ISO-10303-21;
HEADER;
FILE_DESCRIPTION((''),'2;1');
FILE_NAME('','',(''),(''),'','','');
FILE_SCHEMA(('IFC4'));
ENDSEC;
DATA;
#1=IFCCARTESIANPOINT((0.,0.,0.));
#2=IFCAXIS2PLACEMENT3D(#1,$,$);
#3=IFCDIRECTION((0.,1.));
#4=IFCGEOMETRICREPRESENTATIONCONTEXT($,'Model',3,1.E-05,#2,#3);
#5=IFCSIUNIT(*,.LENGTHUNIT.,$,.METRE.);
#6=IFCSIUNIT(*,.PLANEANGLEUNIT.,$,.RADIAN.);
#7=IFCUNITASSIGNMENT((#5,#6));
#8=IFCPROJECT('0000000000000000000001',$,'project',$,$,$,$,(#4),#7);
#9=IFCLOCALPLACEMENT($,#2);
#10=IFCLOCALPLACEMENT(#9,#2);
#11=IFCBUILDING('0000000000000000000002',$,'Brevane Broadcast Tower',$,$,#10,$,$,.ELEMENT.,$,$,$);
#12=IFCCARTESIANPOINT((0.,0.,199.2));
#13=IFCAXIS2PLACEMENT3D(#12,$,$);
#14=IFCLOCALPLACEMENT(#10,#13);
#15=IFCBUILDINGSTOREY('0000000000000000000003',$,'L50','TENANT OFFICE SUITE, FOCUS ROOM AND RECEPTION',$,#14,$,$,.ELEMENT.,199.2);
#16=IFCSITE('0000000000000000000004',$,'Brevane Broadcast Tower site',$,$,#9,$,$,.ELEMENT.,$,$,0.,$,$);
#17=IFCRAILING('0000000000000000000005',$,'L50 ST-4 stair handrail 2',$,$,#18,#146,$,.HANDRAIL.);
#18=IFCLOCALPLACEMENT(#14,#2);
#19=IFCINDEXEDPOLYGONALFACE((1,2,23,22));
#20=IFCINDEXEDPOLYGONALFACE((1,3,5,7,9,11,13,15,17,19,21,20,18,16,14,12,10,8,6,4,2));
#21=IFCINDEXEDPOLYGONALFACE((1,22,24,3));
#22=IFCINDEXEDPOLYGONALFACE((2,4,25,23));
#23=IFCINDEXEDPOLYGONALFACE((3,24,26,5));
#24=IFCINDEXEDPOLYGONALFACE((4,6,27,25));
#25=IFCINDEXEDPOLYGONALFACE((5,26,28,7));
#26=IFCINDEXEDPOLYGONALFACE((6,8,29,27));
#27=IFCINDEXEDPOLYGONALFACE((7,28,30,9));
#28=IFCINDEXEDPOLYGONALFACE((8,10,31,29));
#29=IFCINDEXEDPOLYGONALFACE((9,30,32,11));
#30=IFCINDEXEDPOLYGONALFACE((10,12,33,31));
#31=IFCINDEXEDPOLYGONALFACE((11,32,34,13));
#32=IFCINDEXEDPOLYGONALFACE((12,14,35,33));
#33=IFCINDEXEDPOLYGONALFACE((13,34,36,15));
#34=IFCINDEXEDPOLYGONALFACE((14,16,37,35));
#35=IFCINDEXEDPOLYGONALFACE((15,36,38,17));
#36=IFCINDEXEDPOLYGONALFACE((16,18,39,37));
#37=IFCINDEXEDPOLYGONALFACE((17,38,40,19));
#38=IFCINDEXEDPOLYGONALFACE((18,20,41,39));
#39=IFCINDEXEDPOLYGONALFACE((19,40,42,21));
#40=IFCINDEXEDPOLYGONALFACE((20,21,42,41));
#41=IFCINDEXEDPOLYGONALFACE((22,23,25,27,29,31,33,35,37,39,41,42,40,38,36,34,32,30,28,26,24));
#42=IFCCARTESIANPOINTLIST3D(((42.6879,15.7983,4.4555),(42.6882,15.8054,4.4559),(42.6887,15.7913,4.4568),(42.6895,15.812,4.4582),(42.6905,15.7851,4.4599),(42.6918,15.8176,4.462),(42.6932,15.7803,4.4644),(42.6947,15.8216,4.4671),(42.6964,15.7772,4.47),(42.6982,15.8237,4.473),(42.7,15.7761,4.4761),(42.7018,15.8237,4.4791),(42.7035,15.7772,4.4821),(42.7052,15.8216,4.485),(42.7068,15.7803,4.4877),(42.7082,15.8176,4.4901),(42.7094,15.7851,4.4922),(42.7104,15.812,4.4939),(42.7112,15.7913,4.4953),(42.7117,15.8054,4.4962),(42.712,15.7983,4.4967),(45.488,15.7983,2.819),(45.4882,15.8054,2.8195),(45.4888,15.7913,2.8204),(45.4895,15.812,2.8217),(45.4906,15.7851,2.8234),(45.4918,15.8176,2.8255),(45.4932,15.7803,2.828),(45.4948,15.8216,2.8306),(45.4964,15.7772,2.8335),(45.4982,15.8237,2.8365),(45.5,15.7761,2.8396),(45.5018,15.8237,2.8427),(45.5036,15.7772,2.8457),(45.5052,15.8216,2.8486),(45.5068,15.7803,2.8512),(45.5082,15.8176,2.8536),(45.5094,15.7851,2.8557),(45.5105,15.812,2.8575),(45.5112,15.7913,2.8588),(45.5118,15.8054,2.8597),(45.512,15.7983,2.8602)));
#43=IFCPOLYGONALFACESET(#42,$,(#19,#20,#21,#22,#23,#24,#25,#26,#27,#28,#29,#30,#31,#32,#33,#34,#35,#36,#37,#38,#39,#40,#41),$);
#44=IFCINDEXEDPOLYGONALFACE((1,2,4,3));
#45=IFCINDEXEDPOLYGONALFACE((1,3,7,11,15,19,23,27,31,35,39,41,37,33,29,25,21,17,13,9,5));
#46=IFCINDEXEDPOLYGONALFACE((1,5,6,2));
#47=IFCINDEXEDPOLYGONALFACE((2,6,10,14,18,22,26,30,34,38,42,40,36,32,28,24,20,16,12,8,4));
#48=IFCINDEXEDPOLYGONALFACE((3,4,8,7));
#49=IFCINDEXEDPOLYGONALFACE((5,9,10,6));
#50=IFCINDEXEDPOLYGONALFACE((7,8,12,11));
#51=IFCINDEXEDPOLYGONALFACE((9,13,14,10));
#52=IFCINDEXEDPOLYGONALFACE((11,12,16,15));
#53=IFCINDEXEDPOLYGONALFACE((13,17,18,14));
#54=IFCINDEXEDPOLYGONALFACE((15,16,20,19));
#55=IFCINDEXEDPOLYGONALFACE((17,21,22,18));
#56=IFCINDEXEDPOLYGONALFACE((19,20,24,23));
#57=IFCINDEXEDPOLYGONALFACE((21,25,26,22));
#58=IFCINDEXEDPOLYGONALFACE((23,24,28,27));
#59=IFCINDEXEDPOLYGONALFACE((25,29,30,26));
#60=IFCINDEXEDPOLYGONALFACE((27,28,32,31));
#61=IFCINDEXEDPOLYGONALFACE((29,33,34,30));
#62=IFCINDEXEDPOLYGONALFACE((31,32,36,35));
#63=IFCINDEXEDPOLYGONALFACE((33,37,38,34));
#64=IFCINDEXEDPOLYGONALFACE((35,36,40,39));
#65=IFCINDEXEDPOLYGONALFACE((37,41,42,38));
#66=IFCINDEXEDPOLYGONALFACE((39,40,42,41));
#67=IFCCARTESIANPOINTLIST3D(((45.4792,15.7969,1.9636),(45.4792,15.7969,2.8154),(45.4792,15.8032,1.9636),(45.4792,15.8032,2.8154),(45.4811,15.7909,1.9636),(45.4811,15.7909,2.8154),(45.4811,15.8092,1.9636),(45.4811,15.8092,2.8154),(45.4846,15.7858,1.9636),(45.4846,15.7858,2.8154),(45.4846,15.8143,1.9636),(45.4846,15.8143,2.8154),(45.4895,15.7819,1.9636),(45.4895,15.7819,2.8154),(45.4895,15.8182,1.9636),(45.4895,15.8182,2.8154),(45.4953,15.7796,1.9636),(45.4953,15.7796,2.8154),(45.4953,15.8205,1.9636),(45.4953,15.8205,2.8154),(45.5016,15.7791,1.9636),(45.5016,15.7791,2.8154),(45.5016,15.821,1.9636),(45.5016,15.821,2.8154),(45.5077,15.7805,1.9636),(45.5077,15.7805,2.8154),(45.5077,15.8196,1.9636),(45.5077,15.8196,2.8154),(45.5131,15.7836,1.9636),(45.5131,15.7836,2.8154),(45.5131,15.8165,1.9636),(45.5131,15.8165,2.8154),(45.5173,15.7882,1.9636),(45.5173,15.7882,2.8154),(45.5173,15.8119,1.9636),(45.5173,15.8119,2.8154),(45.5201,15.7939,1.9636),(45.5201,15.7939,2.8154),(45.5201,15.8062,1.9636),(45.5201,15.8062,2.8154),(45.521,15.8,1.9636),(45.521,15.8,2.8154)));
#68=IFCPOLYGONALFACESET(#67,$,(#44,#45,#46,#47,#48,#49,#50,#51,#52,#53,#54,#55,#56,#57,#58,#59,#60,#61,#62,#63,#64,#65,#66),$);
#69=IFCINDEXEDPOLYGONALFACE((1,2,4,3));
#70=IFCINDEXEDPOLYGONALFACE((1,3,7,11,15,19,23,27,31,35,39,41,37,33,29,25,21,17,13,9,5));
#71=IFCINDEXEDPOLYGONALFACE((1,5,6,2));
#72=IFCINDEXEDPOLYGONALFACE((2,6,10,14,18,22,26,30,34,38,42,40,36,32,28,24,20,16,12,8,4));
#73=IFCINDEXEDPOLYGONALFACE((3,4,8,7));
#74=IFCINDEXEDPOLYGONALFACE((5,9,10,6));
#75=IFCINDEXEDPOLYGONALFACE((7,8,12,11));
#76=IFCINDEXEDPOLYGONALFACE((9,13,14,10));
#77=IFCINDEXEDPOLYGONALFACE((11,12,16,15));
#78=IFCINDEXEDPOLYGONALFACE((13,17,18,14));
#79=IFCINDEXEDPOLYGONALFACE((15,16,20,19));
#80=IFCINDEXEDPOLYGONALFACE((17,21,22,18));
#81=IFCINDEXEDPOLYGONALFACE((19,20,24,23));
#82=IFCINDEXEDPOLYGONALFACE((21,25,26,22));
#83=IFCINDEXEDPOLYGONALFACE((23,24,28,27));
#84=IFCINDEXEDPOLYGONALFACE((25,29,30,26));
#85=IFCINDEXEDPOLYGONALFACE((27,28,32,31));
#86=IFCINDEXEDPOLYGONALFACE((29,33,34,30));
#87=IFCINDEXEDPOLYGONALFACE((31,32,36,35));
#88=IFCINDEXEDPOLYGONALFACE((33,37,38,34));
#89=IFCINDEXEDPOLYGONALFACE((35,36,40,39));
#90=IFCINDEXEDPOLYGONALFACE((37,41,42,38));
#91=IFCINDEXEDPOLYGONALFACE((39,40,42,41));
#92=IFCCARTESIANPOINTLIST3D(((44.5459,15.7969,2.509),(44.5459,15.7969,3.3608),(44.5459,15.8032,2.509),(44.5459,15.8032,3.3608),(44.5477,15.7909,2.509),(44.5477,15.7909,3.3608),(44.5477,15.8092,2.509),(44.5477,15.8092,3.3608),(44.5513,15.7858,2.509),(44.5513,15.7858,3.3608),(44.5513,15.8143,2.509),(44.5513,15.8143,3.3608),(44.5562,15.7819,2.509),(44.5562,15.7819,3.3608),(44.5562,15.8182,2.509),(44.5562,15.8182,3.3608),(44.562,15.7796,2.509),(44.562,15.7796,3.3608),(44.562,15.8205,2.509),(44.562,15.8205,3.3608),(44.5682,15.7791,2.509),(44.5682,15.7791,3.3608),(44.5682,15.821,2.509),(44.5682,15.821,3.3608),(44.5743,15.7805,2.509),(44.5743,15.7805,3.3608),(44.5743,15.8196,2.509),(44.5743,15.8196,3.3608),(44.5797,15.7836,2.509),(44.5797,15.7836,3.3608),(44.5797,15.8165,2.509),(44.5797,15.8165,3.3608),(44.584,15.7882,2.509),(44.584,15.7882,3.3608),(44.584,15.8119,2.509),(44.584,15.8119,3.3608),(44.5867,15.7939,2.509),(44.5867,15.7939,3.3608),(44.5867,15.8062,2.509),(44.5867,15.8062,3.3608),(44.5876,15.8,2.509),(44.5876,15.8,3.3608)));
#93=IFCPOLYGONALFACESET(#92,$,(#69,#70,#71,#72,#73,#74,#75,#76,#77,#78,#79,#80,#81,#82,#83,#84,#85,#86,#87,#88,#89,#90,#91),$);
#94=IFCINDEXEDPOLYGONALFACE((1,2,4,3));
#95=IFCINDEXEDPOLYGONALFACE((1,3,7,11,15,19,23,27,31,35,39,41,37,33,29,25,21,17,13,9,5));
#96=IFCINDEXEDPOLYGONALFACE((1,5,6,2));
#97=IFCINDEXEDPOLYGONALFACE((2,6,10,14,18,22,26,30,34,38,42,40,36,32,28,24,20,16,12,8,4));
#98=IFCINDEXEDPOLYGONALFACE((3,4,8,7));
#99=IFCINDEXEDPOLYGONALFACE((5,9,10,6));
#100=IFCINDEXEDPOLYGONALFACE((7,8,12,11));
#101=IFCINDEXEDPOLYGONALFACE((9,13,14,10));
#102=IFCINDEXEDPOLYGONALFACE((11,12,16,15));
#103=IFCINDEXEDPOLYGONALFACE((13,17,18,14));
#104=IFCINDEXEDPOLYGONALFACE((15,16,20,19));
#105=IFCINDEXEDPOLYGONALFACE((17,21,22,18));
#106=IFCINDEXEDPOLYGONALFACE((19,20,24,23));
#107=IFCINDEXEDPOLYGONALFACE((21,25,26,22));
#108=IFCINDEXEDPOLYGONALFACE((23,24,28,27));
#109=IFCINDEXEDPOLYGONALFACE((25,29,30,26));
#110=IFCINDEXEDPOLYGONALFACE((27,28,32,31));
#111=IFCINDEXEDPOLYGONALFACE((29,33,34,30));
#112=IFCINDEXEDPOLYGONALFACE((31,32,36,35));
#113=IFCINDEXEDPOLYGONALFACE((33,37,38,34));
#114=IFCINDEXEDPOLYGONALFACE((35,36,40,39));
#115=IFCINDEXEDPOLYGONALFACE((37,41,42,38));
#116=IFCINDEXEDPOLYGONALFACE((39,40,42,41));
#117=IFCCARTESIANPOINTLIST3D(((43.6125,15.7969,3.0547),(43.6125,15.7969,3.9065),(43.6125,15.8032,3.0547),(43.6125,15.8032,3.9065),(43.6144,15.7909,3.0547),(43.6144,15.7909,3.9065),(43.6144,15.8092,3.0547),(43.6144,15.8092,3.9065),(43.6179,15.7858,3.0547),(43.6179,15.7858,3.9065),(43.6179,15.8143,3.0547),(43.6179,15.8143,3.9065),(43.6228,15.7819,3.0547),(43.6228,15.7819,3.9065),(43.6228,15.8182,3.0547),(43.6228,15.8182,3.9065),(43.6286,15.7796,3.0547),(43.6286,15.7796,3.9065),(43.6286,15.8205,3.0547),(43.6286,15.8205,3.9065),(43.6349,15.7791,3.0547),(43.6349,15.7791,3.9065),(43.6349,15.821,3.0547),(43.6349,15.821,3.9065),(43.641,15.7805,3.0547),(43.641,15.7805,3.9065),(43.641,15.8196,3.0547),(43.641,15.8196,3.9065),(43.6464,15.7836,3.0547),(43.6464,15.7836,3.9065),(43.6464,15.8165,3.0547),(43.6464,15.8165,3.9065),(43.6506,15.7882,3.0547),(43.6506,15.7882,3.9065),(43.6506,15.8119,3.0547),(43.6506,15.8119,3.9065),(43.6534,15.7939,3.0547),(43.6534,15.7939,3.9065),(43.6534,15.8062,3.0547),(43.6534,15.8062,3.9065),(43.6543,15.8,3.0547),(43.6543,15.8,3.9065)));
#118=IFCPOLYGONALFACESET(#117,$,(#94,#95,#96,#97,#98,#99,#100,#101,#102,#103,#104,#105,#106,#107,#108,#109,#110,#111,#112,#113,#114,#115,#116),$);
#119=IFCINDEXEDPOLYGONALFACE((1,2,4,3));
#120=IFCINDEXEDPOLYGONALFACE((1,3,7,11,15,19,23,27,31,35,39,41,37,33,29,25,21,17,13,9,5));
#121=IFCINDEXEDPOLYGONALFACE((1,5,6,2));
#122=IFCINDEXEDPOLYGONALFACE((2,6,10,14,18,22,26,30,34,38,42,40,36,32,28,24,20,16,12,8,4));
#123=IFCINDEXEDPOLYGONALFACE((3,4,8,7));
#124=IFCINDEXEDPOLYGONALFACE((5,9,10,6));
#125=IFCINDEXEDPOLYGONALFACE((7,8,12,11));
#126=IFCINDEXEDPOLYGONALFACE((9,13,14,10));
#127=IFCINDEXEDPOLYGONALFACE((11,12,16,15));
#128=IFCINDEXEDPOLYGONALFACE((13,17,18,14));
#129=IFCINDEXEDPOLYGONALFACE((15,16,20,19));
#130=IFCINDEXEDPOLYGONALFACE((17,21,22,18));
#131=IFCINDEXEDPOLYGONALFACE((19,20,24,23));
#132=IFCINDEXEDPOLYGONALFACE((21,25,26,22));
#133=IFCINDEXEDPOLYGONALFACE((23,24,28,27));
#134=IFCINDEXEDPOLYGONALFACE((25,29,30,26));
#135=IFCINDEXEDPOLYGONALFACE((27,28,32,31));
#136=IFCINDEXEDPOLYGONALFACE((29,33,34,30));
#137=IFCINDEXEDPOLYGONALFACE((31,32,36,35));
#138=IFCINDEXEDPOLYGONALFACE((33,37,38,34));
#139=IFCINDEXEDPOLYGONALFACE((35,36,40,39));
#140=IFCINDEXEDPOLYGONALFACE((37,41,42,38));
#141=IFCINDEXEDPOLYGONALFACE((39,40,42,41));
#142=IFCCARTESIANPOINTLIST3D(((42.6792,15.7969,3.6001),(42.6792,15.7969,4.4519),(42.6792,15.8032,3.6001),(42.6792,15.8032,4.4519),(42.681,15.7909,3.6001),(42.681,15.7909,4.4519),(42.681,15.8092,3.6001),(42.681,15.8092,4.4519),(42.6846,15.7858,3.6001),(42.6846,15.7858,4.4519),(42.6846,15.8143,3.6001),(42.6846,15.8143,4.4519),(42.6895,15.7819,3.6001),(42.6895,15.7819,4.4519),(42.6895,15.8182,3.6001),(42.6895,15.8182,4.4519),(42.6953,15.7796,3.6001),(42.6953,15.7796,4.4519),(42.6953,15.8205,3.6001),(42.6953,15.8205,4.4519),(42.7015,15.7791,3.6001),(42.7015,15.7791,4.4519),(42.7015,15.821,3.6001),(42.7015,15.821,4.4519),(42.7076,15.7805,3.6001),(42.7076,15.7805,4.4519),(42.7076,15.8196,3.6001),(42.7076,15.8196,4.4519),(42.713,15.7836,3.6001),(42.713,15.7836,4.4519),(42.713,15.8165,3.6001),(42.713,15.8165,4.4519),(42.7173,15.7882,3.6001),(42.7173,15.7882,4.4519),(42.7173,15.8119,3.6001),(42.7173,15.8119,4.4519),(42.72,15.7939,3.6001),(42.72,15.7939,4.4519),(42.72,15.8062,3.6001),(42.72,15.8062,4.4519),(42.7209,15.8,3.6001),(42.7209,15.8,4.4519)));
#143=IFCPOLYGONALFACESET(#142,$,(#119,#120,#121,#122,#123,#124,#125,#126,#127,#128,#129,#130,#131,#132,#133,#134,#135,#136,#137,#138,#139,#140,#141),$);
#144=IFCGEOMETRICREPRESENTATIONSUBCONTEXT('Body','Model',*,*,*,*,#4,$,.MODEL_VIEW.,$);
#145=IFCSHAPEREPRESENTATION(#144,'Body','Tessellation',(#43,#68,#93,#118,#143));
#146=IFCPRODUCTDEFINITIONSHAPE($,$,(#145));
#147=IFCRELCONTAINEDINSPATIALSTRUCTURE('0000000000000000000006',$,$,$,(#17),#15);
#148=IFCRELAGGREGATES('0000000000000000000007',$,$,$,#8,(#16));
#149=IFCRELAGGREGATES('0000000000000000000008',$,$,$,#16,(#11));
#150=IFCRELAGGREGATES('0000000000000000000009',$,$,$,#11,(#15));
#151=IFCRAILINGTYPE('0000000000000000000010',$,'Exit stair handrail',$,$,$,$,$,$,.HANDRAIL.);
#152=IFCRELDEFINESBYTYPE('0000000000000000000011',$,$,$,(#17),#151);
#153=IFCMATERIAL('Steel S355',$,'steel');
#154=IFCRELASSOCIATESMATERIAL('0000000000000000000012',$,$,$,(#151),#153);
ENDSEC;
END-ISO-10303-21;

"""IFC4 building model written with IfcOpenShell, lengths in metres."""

from ifc_helpers import new_model, si_unit, direction, frame, origin, origin_2d, place, context, subcontext, project, spatial, circle, extrude, material, type_object, element, save


model = new_model("IFC4")

# Units and contexts
model_context = context("Model", 3, precision=1e-05, world=origin(), true_north=direction((0.0, 1.0)))
body_context = subcontext(model_context, "Body", "Model", "MODEL_VIEW")
ifc_project = project(units=[si_unit("LENGTHUNIT", "METRE"), si_unit("PLANEANGLEUNIT", "RADIAN")], contexts=[model_context])

# Site, building, storey
site_placement = place(None, origin())
site = spatial("IfcSite", under=ifc_project, at=site_placement, Name="Brevane Broadcast Tower site", CompositionType="ELEMENT", RefElevation=0.0)
building_placement = place(site_placement, origin())
building = spatial("IfcBuilding", under=site, at=building_placement, Name="Brevane Broadcast Tower", CompositionType="ELEMENT")
storey_placement = place(building_placement, frame((0.0, 0.0, 199.2)))
storey = spatial("IfcBuildingStorey", under=building, at=storey_placement, Name="L50", Description="TENANT OFFICE SUITE, FOCUS ROOM AND RECEPTION", CompositionType="ELEMENT", Elevation=199.2)

# Railing
ifc_material_1 = material(Name="Steel S355", Category="steel")
railing_type_1 = type_object("IfcRailingType", Name="Exit stair handrail", PredefinedType="HANDRAIL", material=ifc_material_1)
railing_1_placement = place(storey_placement, frame((45.5, 15.8, 1.9636)))
element("IfcRailing", 1, at=railing_1_placement, inside=storey, type_object=railing_type_1, Name="L50 ST-4 stair handrail 2", PredefinedType="HANDRAIL", context=body_context, shape_type="SweptSolid", body=[
    extrude(circle(Radius=0.0239, at=origin_2d()), frame((0.0, 0.0, 0.876), z_axis=(-0.863361, 0.0, 0.504587), x_axis=(0.0, -1.0, 0.0)), (0.0, 0.0, 1.0), 3.2432),
    extrude(circle(Radius=0.021, at=origin_2d()), origin(), (0.0, 0.0, 1.0), 0.8518),
    extrude(circle(Radius=0.021, at=origin_2d()), frame((-0.9333, 0.0, 0.5454)), (0.0, 0.0, 1.0), 0.8518),
    extrude(circle(Radius=0.021, at=origin_2d()), frame((-1.8667, 0.0, 1.0911)), (0.0, 0.0, 1.0), 0.8518),
    extrude(circle(Radius=0.021, at=origin_2d()), frame((-2.8, 0.0, 1.6365)), (0.0, 0.0, 1.0), 0.8518),
])

save(model, "model.ifc")
